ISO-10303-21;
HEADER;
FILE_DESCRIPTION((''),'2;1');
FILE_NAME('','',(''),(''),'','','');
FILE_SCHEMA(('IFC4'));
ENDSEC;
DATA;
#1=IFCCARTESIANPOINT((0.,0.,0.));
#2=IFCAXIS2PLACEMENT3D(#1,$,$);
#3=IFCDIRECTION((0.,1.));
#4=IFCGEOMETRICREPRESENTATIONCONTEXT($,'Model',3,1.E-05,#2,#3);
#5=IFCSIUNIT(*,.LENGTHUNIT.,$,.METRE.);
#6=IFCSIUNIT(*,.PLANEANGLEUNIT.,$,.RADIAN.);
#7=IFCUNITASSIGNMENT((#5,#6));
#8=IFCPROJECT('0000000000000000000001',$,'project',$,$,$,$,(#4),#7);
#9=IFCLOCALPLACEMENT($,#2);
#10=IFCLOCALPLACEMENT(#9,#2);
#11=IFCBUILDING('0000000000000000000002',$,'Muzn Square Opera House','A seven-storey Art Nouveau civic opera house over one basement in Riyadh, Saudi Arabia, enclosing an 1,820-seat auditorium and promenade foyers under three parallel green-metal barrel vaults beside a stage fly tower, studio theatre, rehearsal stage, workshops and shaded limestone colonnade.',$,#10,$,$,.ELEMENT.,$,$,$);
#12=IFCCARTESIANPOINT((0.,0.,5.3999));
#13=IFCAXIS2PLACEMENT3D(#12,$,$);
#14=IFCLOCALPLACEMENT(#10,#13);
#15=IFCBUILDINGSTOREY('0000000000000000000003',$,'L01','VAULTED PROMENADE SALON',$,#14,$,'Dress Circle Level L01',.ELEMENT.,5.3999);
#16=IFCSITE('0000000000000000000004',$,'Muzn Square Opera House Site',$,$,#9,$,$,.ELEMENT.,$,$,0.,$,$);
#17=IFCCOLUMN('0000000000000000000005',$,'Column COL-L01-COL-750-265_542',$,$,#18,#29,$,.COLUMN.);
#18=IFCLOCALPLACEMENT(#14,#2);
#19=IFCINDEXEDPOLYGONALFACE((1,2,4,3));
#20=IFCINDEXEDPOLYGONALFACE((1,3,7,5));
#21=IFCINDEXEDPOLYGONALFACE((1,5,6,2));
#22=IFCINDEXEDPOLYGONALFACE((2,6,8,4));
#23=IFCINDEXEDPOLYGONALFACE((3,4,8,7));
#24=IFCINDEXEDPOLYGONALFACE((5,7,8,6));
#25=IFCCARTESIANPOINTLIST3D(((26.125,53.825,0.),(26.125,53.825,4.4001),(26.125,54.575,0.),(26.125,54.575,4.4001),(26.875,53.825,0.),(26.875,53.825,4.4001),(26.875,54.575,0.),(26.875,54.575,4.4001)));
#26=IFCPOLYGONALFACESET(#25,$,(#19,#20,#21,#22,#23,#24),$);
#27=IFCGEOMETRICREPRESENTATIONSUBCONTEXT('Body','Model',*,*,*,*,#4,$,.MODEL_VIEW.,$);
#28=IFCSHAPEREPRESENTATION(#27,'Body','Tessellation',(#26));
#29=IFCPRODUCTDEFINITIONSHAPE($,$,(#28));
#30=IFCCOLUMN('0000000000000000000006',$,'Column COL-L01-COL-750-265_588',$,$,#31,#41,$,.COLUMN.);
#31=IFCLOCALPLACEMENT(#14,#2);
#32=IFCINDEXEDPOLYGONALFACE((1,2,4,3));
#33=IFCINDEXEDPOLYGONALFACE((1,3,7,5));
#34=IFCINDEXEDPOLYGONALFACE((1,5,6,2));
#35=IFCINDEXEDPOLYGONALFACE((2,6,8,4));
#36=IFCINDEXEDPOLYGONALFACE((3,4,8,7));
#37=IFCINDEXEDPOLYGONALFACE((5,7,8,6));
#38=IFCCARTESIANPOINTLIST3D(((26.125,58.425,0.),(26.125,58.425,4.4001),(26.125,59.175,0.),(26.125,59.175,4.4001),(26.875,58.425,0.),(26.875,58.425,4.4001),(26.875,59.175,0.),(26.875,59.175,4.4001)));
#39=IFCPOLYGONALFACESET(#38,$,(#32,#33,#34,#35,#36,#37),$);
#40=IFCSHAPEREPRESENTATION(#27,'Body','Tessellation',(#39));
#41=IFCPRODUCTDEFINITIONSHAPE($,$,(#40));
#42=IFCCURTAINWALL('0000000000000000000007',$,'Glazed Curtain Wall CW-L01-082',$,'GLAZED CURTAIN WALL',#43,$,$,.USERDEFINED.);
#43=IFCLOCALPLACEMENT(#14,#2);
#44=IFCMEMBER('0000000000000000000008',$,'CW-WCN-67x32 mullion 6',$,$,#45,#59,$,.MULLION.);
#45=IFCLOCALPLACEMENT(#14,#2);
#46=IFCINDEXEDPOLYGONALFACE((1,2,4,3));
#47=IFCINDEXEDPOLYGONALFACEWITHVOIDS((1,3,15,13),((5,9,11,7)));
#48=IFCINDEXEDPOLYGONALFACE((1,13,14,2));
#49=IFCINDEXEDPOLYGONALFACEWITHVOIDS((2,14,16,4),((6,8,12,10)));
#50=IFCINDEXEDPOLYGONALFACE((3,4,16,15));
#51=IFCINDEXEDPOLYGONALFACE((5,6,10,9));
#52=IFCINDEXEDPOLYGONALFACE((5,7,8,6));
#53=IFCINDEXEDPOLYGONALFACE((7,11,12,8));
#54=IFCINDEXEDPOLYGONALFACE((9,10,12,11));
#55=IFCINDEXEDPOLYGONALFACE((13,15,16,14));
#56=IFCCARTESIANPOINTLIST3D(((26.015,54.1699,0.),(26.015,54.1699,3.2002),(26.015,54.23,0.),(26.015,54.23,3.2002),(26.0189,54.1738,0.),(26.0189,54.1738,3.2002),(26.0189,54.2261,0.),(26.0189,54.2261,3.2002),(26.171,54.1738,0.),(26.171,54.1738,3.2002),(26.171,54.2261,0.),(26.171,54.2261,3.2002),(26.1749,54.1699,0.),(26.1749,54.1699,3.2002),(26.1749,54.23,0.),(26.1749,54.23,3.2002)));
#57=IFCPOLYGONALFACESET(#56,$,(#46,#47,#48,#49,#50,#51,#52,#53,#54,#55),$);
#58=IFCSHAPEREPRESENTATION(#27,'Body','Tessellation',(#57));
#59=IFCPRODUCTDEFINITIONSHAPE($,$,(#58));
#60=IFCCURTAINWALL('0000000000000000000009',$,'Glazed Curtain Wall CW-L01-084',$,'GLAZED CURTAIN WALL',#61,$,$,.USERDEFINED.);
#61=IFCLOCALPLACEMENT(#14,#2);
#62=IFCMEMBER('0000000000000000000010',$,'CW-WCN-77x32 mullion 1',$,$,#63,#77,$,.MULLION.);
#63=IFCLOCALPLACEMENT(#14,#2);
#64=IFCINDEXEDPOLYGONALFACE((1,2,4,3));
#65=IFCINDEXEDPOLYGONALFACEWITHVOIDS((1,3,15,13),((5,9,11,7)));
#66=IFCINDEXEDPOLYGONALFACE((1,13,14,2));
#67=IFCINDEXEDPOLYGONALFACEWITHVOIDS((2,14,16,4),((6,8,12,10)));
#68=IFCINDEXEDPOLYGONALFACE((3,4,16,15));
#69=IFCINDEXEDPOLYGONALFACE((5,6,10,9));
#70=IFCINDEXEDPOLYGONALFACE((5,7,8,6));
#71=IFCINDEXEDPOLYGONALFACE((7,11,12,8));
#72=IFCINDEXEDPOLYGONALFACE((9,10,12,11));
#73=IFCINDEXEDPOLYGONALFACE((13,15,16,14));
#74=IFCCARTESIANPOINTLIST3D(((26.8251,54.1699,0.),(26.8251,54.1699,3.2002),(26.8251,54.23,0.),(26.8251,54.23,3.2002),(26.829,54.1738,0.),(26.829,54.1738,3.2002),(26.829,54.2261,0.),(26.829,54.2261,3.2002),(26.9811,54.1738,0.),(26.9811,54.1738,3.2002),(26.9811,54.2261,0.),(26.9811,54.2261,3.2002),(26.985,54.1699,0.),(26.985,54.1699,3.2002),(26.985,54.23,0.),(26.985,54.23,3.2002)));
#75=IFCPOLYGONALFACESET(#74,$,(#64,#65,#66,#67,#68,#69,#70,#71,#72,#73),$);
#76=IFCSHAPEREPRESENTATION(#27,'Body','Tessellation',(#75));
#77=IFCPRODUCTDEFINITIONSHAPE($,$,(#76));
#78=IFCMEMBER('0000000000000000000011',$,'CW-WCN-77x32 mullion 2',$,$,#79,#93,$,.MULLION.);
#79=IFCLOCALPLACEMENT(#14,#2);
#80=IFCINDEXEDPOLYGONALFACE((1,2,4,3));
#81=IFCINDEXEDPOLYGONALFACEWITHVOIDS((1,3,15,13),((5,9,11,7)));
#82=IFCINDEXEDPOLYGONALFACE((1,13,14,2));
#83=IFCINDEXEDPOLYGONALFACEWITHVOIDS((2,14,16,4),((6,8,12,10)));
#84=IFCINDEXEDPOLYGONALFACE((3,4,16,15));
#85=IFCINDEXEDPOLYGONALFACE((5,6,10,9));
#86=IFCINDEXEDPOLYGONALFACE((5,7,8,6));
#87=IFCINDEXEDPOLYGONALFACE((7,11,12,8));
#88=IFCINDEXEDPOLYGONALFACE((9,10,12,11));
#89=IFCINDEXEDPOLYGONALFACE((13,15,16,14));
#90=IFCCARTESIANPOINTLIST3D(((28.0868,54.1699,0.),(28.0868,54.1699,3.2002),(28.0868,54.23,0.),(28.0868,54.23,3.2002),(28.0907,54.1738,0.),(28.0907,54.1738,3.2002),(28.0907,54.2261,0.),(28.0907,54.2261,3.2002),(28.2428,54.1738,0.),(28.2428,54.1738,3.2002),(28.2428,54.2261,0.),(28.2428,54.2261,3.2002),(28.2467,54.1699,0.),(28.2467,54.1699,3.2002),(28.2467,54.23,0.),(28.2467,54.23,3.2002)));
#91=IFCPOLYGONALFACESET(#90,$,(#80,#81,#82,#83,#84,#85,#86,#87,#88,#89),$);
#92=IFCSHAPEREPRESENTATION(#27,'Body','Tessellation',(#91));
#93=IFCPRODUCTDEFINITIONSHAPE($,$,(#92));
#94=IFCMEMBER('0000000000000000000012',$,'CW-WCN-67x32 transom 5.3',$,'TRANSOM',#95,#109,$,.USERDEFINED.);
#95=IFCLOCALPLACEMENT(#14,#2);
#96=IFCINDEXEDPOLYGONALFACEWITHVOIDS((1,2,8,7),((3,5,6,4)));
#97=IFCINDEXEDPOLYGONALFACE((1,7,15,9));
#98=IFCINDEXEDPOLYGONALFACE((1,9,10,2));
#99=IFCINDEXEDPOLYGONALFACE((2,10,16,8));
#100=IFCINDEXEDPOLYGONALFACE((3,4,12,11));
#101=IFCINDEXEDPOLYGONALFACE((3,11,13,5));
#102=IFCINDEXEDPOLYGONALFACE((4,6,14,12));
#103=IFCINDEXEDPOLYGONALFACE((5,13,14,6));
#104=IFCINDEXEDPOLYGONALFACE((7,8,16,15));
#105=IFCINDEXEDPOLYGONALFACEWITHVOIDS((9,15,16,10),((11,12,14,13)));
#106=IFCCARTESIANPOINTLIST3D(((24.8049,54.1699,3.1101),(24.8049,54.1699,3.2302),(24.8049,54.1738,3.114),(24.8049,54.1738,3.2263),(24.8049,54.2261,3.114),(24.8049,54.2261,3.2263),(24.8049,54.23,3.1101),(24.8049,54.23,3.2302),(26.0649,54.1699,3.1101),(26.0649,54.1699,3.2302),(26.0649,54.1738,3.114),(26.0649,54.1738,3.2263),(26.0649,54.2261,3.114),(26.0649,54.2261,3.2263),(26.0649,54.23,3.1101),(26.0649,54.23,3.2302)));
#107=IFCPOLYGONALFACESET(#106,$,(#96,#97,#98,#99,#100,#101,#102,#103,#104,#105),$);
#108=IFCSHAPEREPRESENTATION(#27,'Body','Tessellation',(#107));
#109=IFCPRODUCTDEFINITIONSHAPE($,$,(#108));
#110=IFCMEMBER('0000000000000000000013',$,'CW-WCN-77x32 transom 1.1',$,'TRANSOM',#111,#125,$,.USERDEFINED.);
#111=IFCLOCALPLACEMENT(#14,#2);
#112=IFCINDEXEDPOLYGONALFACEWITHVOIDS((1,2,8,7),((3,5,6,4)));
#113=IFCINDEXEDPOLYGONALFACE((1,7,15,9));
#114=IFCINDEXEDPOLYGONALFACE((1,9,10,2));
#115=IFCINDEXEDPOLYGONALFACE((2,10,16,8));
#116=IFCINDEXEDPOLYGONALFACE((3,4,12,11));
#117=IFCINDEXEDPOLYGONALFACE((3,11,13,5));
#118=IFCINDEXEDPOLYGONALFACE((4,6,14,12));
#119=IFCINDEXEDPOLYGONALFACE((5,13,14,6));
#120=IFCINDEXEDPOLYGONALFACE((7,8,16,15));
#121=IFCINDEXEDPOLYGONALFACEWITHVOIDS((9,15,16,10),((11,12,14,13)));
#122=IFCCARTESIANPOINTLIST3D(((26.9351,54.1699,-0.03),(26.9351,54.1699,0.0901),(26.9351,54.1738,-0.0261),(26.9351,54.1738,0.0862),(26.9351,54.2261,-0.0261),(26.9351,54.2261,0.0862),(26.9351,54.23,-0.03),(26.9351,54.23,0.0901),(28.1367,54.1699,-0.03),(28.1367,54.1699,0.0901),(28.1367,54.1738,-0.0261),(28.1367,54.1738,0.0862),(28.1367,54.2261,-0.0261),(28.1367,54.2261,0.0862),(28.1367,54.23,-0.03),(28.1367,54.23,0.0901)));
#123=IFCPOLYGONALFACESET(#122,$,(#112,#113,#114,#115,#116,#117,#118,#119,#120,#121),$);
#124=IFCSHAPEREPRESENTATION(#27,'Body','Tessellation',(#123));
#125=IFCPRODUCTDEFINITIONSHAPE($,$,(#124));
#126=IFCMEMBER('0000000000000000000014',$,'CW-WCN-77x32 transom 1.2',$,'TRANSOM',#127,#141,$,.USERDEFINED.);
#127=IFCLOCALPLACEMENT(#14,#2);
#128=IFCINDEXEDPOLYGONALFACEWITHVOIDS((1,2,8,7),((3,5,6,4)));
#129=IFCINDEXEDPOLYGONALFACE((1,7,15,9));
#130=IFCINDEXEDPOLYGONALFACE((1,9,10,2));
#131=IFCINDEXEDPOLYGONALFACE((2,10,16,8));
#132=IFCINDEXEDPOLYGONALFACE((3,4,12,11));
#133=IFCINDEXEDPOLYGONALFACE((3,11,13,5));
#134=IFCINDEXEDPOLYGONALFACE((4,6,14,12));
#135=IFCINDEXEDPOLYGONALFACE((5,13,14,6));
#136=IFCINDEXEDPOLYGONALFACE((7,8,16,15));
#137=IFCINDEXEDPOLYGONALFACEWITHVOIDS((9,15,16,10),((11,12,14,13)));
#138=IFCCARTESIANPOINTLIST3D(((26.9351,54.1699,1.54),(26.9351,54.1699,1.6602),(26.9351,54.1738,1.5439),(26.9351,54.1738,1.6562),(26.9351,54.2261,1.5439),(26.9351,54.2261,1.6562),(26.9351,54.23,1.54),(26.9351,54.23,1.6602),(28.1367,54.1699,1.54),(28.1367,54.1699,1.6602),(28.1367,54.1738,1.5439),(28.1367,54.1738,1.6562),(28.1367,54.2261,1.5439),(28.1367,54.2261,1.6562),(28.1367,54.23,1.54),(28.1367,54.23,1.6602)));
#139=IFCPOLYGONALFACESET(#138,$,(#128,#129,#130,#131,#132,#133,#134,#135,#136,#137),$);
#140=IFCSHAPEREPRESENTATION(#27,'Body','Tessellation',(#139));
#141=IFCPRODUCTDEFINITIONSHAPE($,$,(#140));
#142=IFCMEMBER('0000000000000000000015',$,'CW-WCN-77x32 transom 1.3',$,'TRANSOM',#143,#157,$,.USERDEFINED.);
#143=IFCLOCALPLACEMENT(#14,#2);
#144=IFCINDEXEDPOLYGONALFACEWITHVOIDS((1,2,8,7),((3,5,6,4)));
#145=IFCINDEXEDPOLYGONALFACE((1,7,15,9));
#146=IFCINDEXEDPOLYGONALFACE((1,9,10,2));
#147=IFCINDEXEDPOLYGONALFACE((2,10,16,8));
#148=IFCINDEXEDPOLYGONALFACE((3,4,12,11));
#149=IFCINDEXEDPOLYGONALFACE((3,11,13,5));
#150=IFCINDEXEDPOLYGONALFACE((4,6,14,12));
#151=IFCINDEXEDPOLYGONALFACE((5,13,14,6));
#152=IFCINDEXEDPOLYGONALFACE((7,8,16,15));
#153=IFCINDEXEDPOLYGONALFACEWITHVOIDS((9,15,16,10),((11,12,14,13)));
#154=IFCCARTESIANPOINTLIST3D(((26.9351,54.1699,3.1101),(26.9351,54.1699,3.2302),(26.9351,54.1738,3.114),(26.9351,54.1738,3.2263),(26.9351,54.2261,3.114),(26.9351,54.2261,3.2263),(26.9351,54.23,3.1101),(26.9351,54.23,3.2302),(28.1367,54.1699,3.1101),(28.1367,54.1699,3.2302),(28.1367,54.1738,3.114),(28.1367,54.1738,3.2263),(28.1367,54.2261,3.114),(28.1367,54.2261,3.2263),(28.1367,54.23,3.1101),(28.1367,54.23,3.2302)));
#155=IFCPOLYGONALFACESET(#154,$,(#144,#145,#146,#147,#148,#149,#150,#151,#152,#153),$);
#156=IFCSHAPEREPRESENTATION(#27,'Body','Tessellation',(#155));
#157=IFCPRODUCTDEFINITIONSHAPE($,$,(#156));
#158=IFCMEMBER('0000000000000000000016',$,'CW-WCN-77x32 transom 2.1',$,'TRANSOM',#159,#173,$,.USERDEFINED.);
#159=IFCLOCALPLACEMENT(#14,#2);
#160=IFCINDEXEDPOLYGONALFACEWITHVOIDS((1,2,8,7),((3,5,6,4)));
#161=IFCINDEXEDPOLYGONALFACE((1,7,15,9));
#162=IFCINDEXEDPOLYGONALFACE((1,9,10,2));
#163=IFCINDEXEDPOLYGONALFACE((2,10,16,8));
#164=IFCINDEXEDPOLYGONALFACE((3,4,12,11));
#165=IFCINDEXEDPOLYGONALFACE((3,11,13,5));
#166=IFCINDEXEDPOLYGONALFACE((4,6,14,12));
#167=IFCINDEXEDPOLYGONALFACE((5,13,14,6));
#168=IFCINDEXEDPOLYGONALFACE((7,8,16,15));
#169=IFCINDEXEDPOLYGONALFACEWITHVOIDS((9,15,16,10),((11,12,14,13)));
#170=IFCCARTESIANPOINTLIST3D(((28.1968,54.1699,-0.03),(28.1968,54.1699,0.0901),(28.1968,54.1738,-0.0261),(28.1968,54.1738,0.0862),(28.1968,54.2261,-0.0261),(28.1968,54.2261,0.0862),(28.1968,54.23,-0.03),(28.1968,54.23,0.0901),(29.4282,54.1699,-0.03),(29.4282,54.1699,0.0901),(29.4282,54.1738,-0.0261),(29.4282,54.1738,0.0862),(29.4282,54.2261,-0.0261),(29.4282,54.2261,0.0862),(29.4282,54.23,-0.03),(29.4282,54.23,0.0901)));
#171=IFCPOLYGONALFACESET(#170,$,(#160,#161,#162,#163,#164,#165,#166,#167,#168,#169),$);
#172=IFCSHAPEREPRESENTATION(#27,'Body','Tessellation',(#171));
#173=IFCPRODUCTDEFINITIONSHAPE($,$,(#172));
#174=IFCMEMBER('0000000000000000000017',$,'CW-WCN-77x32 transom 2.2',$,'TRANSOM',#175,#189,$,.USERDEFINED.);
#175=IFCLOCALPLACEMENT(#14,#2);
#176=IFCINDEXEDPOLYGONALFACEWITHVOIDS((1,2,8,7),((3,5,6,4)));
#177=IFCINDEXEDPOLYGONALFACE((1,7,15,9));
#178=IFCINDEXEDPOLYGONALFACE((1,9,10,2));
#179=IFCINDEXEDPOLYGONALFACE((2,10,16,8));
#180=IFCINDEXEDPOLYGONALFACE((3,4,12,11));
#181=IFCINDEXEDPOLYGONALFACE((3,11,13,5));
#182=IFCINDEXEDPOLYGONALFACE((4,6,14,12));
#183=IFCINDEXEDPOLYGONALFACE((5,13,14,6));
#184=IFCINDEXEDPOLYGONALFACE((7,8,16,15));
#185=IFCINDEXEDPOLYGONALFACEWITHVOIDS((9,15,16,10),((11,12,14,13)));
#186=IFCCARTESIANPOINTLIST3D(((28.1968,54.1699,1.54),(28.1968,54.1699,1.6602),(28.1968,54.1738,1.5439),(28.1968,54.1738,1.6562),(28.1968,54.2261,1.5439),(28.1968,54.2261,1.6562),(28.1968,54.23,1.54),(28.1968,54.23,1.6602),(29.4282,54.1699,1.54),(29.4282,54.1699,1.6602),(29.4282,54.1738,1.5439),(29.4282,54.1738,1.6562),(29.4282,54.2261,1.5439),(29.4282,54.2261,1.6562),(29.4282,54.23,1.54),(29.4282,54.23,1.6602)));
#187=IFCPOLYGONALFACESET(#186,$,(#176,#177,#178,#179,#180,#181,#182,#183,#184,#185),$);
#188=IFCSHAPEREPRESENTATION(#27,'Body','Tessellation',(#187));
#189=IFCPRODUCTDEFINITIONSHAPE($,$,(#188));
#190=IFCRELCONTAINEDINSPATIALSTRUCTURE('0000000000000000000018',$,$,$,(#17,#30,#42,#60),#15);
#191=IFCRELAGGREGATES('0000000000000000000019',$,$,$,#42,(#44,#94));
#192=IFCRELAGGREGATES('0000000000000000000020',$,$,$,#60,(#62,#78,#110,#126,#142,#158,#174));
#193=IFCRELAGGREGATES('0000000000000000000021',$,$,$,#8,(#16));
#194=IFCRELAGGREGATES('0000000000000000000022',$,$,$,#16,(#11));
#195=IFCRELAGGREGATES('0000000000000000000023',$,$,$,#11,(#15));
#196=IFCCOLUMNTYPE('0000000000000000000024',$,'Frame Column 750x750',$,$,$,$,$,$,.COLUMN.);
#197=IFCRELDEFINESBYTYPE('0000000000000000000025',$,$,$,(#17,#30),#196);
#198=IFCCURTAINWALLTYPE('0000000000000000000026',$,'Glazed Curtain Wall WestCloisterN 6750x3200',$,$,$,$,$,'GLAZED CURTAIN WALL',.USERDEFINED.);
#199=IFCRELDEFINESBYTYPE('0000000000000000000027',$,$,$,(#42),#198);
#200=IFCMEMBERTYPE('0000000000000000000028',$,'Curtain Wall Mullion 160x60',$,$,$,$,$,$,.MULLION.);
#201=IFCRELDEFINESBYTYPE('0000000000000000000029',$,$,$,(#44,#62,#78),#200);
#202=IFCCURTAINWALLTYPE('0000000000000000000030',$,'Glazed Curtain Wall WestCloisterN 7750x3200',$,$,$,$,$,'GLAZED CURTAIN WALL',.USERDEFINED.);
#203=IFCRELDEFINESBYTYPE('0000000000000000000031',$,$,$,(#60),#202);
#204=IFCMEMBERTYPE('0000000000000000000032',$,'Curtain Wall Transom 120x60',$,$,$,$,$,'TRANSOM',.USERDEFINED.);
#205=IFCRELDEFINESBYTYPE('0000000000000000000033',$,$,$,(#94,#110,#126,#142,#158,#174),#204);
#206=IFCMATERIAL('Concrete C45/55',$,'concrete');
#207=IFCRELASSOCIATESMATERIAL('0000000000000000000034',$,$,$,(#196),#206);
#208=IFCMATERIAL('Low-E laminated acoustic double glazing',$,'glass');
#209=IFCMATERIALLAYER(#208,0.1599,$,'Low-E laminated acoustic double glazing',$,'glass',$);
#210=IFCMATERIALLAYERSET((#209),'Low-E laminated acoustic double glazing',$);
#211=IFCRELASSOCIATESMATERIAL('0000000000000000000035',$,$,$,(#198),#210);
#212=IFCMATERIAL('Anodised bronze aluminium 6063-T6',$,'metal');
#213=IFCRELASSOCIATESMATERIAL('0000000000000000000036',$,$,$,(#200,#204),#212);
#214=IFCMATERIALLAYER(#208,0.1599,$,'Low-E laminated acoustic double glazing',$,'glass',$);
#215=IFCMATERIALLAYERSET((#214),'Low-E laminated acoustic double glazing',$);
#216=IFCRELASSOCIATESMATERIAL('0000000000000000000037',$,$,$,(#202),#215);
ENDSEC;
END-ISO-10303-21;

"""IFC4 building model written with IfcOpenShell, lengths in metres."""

from ifc_helpers import new_model, si_unit, direction, frame, origin, origin_2d, place, context, subcontext, project, spatial, rectangle, hollow_rectangle, extrude, material, layer, layer_set, material_profile, profile_set, type_object, element, aggregate, save


model = new_model("IFC4")

# Units and contexts
model_context = context("Model", 3, precision=1e-05, world=origin(), true_north=direction((0.0, 1.0)))
body_context = subcontext(model_context, "Body", "Model", "MODEL_VIEW")
ifc_project = project(units=[si_unit("LENGTHUNIT", "METRE"), si_unit("PLANEANGLEUNIT", "RADIAN")], contexts=[model_context])

# Site, building, storey
site_placement = place(None, origin())
site = spatial("IfcSite", under=ifc_project, at=site_placement, Name="Muzn Square Opera House Site", CompositionType="ELEMENT", RefElevation=0.0)
building_placement = place(site_placement, origin())
building = spatial("IfcBuilding", under=site, at=building_placement, Name="Muzn Square Opera House", Description="A seven-storey Art Nouveau civic opera house over one basement in Riyadh, Saudi Arabia, enclosing an 1,820-seat auditorium and promenade foyers under three parallel green-metal barrel vaults beside a stage fly tower, studio theatre, rehearsal stage, workshops and shaded limestone colonnade.", CompositionType="ELEMENT")
storey_placement = place(building_placement, frame((0.0, 0.0, 5.3999)))
storey = spatial("IfcBuildingStorey", under=building, at=storey_placement, Name="L01", Description="VAULTED PROMENADE SALON", LongName="Dress Circle Level L01", CompositionType="ELEMENT", Elevation=5.3999)

# Columns
ifc_material_1 = material(Name="Concrete C45/55", Category="concrete")
ifc_material_profile_1 = material_profile(ifc_material_1, rectangle(XDim=0.75, YDim=0.75, at=origin_2d()), Name="RC 750x750", Category="concrete")
ifc_profile_set_1 = profile_set([ifc_material_profile_1], Name="Concrete C45/55")
column_type = type_object("IfcColumnType", Name="Frame Column 750x750", PredefinedType="COLUMN", material=ifc_profile_set_1)
for number, where, z_axis, x_axis, name in (
    (1, (26.5, 54.2, 0.0), (0.0, 0.0, 1.0), (1.0, 0.0, 0.0), "Column COL-L01-COL-750-265_542"),
    (2, (26.5, 58.8, 0.0), (0.0, 0.0, 1.0), (1.0, 0.0, 0.0), "Column COL-L01-COL-750-265_588"),
):
    element("IfcColumn", number, at=place(storey_placement, frame(where, z_axis=z_axis, x_axis=x_axis)), inside=storey, type_object=column_type, Name=name, PredefinedType="COLUMN", context=body_context, shape_type="SweptSolid", body=[
        extrude(rectangle(XDim=0.75, YDim=0.75, at=origin_2d()), origin(), (0.0, 0.0, 1.0), 4.4001),
    ])

# Curtain wall, member
ifc_material_2 = material(Name="Low-E laminated acoustic double glazing", Category="glass")
ifc_layer_1 = layer(ifc_material_2, 0.1599, Name="Low-E laminated acoustic double glazing", Category="glass")
ifc_layer_set_1 = layer_set([ifc_layer_1], Name="Low-E laminated acoustic double glazing")
curtain_wall_type_1 = type_object("IfcCurtainWallType", Name="Glazed Curtain Wall WestCloisterN 6750x3200", ElementType="GLAZED CURTAIN WALL", PredefinedType="USERDEFINED", material=ifc_layer_set_1)
curtain_wall_1_placement = place(storey_placement, origin())
curtain_wall_1 = element("IfcCurtainWall", 3, at=curtain_wall_1_placement, inside=storey, type_object=curtain_wall_type_1, Name="Glazed Curtain Wall CW-L01-082", ObjectType="GLAZED CURTAIN WALL", PredefinedType="USERDEFINED")
ifc_material_3 = material(Name="Anodised bronze aluminium 6063-T6", Category="metal")
ifc_material_profile_2 = material_profile(ifc_material_3, hollow_rectangle(XDim=0.0601, YDim=0.1599, WallThickness=0.0039, at=origin_2d()), Name="ALU 160x60x4", Category="metal")
ifc_profile_set_2 = profile_set([ifc_material_profile_2], Name="Anodised bronze aluminium 6063-T6")
member_type_1 = type_object("IfcMemberType", Name="Curtain Wall Mullion 160x60", PredefinedType="MULLION", material=ifc_profile_set_2)
member_1_placement = place(storey_placement, frame((26.095, 54.2, 0.0), z_axis=(0.0, 0.0, 1.0), x_axis=(0.0, 1.0, 0.0)))
member_1 = element("IfcMember", 4, at=member_1_placement, type_object=member_type_1, Name="CW-WCN-67x32 mullion 6", PredefinedType="MULLION", context=body_context, shape_type="SweptSolid", body=[
    extrude(hollow_rectangle(XDim=0.0601, YDim=0.1599, WallThickness=0.0039, at=origin_2d()), origin(), (0.0, 0.0, 1.0), 3.2002),
])

# Curtain wall, members
ifc_layer_2 = layer(ifc_material_2, 0.1599, Name="Low-E laminated acoustic double glazing", Category="glass")
ifc_layer_set_2 = layer_set([ifc_layer_2], Name="Low-E laminated acoustic double glazing")
curtain_wall_type_2 = type_object("IfcCurtainWallType", Name="Glazed Curtain Wall WestCloisterN 7750x3200", ElementType="GLAZED CURTAIN WALL", PredefinedType="USERDEFINED", material=ifc_layer_set_2)
curtain_wall_2_placement = place(storey_placement, origin())
curtain_wall_2 = element("IfcCurtainWall", 5, at=curtain_wall_2_placement, inside=storey, type_object=curtain_wall_type_2, Name="Glazed Curtain Wall CW-L01-084", ObjectType="GLAZED CURTAIN WALL", PredefinedType="USERDEFINED")
member_2_placement = place(storey_placement, frame((26.905, 54.2, 0.0), z_axis=(0.0, 0.0, 1.0), x_axis=(0.0, 1.0, 0.0)))
member_2 = element("IfcMember", 6, at=member_2_placement, type_object=member_type_1, Name="CW-WCN-77x32 mullion 1", PredefinedType="MULLION", context=body_context, shape_type="SweptSolid", body=[
    extrude(hollow_rectangle(XDim=0.0601, YDim=0.1599, WallThickness=0.0039, at=origin_2d()), origin(), (0.0, 0.0, 1.0), 3.2002),
])
member_3_placement = place(storey_placement, frame((28.1667, 54.2, 0.0), z_axis=(0.0, 0.0, 1.0), x_axis=(0.0, 1.0, 0.0)))
member_3 = element("IfcMember", 7, at=member_3_placement, type_object=member_type_1, Name="CW-WCN-77x32 mullion 2", PredefinedType="MULLION", context=body_context, shape_type="SweptSolid", body=[
    extrude(hollow_rectangle(XDim=0.0601, YDim=0.1599, WallThickness=0.0039, at=origin_2d()), origin(), (0.0, 0.0, 1.0), 3.2002),
])

# Members
ifc_material_profile_3 = material_profile(ifc_material_3, hollow_rectangle(XDim=0.0601, YDim=0.1201, WallThickness=0.0039, at=origin_2d()), Name="ALU 120x60x4", Category="metal")
ifc_profile_set_3 = profile_set([ifc_material_profile_3], Name="Anodised bronze aluminium 6063-T6")
member_type_2 = type_object("IfcMemberType", Name="Curtain Wall Transom 120x60", ElementType="TRANSOM", PredefinedType="USERDEFINED", material=ifc_profile_set_3)
member_4_placement = place(storey_placement, frame((24.8049, 54.2, 3.1702), z_axis=(1.0, 0.0, 0.0), x_axis=(0.0, 1.0, 0.0)))
member_4 = element("IfcMember", 8, at=member_4_placement, type_object=member_type_2, Name="CW-WCN-67x32 transom 5.3", ObjectType="TRANSOM", PredefinedType="USERDEFINED", context=body_context, shape_type="SweptSolid", body=[
    extrude(hollow_rectangle(XDim=0.0601, YDim=0.1201, WallThickness=0.0039, at=origin_2d()), origin(), (0.0, 0.0, 1.0), 1.26),
])
member_5_placement = place(storey_placement, frame((26.9351, 54.2, 0.03), z_axis=(1.0, 0.0, 0.0), x_axis=(0.0, 1.0, 0.0)))
member_5 = element("IfcMember", 9, at=member_5_placement, type_object=member_type_2, Name="CW-WCN-77x32 transom 1.1", ObjectType="TRANSOM", PredefinedType="USERDEFINED", context=body_context, shape_type="SweptSolid", body=[
    extrude(hollow_rectangle(XDim=0.0601, YDim=0.1201, WallThickness=0.0039, at=origin_2d()), origin(), (0.0, 0.0, 1.0), 1.2017),
])
member_6_placement = place(storey_placement, frame((26.9351, 54.2, 1.6001), z_axis=(1.0, 0.0, 0.0), x_axis=(0.0, 1.0, 0.0)))
member_6 = element("IfcMember", 10, at=member_6_placement, type_object=member_type_2, Name="CW-WCN-77x32 transom 1.2", ObjectType="TRANSOM", PredefinedType="USERDEFINED", context=body_context, shape_type="SweptSolid", body=[
    extrude(hollow_rectangle(XDim=0.0601, YDim=0.1201, WallThickness=0.0039, at=origin_2d()), origin(), (0.0, 0.0, 1.0), 1.2017),
])
member_7_placement = place(storey_placement, frame((26.9351, 54.2, 3.1702), z_axis=(1.0, 0.0, 0.0), x_axis=(0.0, 1.0, 0.0)))
member_7 = element("IfcMember", 11, at=member_7_placement, type_object=member_type_2, Name="CW-WCN-77x32 transom 1.3", ObjectType="TRANSOM", PredefinedType="USERDEFINED", context=body_context, shape_type="SweptSolid", body=[
    extrude(hollow_rectangle(XDim=0.0601, YDim=0.1201, WallThickness=0.0039, at=origin_2d()), origin(), (0.0, 0.0, 1.0), 1.2017),
])
member_8_placement = place(storey_placement, frame((28.1968, 54.2, 0.03), z_axis=(1.0, 0.0, 0.0), x_axis=(0.0, 1.0, 0.0)))
member_8 = element("IfcMember", 12, at=member_8_placement, type_object=member_type_2, Name="CW-WCN-77x32 transom 2.1", ObjectType="TRANSOM", PredefinedType="USERDEFINED", context=body_context, shape_type="SweptSolid", body=[
    extrude(hollow_rectangle(XDim=0.0601, YDim=0.1201, WallThickness=0.0039, at=origin_2d()), origin(), (0.0, 0.0, 1.0), 1.2314),
])
member_9_placement = place(storey_placement, frame((28.1968, 54.2, 1.6001), z_axis=(1.0, 0.0, 0.0), x_axis=(0.0, 1.0, 0.0)))
member_9 = element("IfcMember", 13, at=member_9_placement, type_object=member_type_2, Name="CW-WCN-77x32 transom 2.2", ObjectType="TRANSOM", PredefinedType="USERDEFINED", context=body_context, shape_type="SweptSolid", body=[
    extrude(hollow_rectangle(XDim=0.0601, YDim=0.1201, WallThickness=0.0039, at=origin_2d()), origin(), (0.0, 0.0, 1.0), 1.2314),
])

aggregate(curtain_wall_1, [member_1, member_4])
aggregate(curtain_wall_2, [member_2, member_3, member_5, member_6, member_7, member_8, member_9])

save(model, "model.ifc")
